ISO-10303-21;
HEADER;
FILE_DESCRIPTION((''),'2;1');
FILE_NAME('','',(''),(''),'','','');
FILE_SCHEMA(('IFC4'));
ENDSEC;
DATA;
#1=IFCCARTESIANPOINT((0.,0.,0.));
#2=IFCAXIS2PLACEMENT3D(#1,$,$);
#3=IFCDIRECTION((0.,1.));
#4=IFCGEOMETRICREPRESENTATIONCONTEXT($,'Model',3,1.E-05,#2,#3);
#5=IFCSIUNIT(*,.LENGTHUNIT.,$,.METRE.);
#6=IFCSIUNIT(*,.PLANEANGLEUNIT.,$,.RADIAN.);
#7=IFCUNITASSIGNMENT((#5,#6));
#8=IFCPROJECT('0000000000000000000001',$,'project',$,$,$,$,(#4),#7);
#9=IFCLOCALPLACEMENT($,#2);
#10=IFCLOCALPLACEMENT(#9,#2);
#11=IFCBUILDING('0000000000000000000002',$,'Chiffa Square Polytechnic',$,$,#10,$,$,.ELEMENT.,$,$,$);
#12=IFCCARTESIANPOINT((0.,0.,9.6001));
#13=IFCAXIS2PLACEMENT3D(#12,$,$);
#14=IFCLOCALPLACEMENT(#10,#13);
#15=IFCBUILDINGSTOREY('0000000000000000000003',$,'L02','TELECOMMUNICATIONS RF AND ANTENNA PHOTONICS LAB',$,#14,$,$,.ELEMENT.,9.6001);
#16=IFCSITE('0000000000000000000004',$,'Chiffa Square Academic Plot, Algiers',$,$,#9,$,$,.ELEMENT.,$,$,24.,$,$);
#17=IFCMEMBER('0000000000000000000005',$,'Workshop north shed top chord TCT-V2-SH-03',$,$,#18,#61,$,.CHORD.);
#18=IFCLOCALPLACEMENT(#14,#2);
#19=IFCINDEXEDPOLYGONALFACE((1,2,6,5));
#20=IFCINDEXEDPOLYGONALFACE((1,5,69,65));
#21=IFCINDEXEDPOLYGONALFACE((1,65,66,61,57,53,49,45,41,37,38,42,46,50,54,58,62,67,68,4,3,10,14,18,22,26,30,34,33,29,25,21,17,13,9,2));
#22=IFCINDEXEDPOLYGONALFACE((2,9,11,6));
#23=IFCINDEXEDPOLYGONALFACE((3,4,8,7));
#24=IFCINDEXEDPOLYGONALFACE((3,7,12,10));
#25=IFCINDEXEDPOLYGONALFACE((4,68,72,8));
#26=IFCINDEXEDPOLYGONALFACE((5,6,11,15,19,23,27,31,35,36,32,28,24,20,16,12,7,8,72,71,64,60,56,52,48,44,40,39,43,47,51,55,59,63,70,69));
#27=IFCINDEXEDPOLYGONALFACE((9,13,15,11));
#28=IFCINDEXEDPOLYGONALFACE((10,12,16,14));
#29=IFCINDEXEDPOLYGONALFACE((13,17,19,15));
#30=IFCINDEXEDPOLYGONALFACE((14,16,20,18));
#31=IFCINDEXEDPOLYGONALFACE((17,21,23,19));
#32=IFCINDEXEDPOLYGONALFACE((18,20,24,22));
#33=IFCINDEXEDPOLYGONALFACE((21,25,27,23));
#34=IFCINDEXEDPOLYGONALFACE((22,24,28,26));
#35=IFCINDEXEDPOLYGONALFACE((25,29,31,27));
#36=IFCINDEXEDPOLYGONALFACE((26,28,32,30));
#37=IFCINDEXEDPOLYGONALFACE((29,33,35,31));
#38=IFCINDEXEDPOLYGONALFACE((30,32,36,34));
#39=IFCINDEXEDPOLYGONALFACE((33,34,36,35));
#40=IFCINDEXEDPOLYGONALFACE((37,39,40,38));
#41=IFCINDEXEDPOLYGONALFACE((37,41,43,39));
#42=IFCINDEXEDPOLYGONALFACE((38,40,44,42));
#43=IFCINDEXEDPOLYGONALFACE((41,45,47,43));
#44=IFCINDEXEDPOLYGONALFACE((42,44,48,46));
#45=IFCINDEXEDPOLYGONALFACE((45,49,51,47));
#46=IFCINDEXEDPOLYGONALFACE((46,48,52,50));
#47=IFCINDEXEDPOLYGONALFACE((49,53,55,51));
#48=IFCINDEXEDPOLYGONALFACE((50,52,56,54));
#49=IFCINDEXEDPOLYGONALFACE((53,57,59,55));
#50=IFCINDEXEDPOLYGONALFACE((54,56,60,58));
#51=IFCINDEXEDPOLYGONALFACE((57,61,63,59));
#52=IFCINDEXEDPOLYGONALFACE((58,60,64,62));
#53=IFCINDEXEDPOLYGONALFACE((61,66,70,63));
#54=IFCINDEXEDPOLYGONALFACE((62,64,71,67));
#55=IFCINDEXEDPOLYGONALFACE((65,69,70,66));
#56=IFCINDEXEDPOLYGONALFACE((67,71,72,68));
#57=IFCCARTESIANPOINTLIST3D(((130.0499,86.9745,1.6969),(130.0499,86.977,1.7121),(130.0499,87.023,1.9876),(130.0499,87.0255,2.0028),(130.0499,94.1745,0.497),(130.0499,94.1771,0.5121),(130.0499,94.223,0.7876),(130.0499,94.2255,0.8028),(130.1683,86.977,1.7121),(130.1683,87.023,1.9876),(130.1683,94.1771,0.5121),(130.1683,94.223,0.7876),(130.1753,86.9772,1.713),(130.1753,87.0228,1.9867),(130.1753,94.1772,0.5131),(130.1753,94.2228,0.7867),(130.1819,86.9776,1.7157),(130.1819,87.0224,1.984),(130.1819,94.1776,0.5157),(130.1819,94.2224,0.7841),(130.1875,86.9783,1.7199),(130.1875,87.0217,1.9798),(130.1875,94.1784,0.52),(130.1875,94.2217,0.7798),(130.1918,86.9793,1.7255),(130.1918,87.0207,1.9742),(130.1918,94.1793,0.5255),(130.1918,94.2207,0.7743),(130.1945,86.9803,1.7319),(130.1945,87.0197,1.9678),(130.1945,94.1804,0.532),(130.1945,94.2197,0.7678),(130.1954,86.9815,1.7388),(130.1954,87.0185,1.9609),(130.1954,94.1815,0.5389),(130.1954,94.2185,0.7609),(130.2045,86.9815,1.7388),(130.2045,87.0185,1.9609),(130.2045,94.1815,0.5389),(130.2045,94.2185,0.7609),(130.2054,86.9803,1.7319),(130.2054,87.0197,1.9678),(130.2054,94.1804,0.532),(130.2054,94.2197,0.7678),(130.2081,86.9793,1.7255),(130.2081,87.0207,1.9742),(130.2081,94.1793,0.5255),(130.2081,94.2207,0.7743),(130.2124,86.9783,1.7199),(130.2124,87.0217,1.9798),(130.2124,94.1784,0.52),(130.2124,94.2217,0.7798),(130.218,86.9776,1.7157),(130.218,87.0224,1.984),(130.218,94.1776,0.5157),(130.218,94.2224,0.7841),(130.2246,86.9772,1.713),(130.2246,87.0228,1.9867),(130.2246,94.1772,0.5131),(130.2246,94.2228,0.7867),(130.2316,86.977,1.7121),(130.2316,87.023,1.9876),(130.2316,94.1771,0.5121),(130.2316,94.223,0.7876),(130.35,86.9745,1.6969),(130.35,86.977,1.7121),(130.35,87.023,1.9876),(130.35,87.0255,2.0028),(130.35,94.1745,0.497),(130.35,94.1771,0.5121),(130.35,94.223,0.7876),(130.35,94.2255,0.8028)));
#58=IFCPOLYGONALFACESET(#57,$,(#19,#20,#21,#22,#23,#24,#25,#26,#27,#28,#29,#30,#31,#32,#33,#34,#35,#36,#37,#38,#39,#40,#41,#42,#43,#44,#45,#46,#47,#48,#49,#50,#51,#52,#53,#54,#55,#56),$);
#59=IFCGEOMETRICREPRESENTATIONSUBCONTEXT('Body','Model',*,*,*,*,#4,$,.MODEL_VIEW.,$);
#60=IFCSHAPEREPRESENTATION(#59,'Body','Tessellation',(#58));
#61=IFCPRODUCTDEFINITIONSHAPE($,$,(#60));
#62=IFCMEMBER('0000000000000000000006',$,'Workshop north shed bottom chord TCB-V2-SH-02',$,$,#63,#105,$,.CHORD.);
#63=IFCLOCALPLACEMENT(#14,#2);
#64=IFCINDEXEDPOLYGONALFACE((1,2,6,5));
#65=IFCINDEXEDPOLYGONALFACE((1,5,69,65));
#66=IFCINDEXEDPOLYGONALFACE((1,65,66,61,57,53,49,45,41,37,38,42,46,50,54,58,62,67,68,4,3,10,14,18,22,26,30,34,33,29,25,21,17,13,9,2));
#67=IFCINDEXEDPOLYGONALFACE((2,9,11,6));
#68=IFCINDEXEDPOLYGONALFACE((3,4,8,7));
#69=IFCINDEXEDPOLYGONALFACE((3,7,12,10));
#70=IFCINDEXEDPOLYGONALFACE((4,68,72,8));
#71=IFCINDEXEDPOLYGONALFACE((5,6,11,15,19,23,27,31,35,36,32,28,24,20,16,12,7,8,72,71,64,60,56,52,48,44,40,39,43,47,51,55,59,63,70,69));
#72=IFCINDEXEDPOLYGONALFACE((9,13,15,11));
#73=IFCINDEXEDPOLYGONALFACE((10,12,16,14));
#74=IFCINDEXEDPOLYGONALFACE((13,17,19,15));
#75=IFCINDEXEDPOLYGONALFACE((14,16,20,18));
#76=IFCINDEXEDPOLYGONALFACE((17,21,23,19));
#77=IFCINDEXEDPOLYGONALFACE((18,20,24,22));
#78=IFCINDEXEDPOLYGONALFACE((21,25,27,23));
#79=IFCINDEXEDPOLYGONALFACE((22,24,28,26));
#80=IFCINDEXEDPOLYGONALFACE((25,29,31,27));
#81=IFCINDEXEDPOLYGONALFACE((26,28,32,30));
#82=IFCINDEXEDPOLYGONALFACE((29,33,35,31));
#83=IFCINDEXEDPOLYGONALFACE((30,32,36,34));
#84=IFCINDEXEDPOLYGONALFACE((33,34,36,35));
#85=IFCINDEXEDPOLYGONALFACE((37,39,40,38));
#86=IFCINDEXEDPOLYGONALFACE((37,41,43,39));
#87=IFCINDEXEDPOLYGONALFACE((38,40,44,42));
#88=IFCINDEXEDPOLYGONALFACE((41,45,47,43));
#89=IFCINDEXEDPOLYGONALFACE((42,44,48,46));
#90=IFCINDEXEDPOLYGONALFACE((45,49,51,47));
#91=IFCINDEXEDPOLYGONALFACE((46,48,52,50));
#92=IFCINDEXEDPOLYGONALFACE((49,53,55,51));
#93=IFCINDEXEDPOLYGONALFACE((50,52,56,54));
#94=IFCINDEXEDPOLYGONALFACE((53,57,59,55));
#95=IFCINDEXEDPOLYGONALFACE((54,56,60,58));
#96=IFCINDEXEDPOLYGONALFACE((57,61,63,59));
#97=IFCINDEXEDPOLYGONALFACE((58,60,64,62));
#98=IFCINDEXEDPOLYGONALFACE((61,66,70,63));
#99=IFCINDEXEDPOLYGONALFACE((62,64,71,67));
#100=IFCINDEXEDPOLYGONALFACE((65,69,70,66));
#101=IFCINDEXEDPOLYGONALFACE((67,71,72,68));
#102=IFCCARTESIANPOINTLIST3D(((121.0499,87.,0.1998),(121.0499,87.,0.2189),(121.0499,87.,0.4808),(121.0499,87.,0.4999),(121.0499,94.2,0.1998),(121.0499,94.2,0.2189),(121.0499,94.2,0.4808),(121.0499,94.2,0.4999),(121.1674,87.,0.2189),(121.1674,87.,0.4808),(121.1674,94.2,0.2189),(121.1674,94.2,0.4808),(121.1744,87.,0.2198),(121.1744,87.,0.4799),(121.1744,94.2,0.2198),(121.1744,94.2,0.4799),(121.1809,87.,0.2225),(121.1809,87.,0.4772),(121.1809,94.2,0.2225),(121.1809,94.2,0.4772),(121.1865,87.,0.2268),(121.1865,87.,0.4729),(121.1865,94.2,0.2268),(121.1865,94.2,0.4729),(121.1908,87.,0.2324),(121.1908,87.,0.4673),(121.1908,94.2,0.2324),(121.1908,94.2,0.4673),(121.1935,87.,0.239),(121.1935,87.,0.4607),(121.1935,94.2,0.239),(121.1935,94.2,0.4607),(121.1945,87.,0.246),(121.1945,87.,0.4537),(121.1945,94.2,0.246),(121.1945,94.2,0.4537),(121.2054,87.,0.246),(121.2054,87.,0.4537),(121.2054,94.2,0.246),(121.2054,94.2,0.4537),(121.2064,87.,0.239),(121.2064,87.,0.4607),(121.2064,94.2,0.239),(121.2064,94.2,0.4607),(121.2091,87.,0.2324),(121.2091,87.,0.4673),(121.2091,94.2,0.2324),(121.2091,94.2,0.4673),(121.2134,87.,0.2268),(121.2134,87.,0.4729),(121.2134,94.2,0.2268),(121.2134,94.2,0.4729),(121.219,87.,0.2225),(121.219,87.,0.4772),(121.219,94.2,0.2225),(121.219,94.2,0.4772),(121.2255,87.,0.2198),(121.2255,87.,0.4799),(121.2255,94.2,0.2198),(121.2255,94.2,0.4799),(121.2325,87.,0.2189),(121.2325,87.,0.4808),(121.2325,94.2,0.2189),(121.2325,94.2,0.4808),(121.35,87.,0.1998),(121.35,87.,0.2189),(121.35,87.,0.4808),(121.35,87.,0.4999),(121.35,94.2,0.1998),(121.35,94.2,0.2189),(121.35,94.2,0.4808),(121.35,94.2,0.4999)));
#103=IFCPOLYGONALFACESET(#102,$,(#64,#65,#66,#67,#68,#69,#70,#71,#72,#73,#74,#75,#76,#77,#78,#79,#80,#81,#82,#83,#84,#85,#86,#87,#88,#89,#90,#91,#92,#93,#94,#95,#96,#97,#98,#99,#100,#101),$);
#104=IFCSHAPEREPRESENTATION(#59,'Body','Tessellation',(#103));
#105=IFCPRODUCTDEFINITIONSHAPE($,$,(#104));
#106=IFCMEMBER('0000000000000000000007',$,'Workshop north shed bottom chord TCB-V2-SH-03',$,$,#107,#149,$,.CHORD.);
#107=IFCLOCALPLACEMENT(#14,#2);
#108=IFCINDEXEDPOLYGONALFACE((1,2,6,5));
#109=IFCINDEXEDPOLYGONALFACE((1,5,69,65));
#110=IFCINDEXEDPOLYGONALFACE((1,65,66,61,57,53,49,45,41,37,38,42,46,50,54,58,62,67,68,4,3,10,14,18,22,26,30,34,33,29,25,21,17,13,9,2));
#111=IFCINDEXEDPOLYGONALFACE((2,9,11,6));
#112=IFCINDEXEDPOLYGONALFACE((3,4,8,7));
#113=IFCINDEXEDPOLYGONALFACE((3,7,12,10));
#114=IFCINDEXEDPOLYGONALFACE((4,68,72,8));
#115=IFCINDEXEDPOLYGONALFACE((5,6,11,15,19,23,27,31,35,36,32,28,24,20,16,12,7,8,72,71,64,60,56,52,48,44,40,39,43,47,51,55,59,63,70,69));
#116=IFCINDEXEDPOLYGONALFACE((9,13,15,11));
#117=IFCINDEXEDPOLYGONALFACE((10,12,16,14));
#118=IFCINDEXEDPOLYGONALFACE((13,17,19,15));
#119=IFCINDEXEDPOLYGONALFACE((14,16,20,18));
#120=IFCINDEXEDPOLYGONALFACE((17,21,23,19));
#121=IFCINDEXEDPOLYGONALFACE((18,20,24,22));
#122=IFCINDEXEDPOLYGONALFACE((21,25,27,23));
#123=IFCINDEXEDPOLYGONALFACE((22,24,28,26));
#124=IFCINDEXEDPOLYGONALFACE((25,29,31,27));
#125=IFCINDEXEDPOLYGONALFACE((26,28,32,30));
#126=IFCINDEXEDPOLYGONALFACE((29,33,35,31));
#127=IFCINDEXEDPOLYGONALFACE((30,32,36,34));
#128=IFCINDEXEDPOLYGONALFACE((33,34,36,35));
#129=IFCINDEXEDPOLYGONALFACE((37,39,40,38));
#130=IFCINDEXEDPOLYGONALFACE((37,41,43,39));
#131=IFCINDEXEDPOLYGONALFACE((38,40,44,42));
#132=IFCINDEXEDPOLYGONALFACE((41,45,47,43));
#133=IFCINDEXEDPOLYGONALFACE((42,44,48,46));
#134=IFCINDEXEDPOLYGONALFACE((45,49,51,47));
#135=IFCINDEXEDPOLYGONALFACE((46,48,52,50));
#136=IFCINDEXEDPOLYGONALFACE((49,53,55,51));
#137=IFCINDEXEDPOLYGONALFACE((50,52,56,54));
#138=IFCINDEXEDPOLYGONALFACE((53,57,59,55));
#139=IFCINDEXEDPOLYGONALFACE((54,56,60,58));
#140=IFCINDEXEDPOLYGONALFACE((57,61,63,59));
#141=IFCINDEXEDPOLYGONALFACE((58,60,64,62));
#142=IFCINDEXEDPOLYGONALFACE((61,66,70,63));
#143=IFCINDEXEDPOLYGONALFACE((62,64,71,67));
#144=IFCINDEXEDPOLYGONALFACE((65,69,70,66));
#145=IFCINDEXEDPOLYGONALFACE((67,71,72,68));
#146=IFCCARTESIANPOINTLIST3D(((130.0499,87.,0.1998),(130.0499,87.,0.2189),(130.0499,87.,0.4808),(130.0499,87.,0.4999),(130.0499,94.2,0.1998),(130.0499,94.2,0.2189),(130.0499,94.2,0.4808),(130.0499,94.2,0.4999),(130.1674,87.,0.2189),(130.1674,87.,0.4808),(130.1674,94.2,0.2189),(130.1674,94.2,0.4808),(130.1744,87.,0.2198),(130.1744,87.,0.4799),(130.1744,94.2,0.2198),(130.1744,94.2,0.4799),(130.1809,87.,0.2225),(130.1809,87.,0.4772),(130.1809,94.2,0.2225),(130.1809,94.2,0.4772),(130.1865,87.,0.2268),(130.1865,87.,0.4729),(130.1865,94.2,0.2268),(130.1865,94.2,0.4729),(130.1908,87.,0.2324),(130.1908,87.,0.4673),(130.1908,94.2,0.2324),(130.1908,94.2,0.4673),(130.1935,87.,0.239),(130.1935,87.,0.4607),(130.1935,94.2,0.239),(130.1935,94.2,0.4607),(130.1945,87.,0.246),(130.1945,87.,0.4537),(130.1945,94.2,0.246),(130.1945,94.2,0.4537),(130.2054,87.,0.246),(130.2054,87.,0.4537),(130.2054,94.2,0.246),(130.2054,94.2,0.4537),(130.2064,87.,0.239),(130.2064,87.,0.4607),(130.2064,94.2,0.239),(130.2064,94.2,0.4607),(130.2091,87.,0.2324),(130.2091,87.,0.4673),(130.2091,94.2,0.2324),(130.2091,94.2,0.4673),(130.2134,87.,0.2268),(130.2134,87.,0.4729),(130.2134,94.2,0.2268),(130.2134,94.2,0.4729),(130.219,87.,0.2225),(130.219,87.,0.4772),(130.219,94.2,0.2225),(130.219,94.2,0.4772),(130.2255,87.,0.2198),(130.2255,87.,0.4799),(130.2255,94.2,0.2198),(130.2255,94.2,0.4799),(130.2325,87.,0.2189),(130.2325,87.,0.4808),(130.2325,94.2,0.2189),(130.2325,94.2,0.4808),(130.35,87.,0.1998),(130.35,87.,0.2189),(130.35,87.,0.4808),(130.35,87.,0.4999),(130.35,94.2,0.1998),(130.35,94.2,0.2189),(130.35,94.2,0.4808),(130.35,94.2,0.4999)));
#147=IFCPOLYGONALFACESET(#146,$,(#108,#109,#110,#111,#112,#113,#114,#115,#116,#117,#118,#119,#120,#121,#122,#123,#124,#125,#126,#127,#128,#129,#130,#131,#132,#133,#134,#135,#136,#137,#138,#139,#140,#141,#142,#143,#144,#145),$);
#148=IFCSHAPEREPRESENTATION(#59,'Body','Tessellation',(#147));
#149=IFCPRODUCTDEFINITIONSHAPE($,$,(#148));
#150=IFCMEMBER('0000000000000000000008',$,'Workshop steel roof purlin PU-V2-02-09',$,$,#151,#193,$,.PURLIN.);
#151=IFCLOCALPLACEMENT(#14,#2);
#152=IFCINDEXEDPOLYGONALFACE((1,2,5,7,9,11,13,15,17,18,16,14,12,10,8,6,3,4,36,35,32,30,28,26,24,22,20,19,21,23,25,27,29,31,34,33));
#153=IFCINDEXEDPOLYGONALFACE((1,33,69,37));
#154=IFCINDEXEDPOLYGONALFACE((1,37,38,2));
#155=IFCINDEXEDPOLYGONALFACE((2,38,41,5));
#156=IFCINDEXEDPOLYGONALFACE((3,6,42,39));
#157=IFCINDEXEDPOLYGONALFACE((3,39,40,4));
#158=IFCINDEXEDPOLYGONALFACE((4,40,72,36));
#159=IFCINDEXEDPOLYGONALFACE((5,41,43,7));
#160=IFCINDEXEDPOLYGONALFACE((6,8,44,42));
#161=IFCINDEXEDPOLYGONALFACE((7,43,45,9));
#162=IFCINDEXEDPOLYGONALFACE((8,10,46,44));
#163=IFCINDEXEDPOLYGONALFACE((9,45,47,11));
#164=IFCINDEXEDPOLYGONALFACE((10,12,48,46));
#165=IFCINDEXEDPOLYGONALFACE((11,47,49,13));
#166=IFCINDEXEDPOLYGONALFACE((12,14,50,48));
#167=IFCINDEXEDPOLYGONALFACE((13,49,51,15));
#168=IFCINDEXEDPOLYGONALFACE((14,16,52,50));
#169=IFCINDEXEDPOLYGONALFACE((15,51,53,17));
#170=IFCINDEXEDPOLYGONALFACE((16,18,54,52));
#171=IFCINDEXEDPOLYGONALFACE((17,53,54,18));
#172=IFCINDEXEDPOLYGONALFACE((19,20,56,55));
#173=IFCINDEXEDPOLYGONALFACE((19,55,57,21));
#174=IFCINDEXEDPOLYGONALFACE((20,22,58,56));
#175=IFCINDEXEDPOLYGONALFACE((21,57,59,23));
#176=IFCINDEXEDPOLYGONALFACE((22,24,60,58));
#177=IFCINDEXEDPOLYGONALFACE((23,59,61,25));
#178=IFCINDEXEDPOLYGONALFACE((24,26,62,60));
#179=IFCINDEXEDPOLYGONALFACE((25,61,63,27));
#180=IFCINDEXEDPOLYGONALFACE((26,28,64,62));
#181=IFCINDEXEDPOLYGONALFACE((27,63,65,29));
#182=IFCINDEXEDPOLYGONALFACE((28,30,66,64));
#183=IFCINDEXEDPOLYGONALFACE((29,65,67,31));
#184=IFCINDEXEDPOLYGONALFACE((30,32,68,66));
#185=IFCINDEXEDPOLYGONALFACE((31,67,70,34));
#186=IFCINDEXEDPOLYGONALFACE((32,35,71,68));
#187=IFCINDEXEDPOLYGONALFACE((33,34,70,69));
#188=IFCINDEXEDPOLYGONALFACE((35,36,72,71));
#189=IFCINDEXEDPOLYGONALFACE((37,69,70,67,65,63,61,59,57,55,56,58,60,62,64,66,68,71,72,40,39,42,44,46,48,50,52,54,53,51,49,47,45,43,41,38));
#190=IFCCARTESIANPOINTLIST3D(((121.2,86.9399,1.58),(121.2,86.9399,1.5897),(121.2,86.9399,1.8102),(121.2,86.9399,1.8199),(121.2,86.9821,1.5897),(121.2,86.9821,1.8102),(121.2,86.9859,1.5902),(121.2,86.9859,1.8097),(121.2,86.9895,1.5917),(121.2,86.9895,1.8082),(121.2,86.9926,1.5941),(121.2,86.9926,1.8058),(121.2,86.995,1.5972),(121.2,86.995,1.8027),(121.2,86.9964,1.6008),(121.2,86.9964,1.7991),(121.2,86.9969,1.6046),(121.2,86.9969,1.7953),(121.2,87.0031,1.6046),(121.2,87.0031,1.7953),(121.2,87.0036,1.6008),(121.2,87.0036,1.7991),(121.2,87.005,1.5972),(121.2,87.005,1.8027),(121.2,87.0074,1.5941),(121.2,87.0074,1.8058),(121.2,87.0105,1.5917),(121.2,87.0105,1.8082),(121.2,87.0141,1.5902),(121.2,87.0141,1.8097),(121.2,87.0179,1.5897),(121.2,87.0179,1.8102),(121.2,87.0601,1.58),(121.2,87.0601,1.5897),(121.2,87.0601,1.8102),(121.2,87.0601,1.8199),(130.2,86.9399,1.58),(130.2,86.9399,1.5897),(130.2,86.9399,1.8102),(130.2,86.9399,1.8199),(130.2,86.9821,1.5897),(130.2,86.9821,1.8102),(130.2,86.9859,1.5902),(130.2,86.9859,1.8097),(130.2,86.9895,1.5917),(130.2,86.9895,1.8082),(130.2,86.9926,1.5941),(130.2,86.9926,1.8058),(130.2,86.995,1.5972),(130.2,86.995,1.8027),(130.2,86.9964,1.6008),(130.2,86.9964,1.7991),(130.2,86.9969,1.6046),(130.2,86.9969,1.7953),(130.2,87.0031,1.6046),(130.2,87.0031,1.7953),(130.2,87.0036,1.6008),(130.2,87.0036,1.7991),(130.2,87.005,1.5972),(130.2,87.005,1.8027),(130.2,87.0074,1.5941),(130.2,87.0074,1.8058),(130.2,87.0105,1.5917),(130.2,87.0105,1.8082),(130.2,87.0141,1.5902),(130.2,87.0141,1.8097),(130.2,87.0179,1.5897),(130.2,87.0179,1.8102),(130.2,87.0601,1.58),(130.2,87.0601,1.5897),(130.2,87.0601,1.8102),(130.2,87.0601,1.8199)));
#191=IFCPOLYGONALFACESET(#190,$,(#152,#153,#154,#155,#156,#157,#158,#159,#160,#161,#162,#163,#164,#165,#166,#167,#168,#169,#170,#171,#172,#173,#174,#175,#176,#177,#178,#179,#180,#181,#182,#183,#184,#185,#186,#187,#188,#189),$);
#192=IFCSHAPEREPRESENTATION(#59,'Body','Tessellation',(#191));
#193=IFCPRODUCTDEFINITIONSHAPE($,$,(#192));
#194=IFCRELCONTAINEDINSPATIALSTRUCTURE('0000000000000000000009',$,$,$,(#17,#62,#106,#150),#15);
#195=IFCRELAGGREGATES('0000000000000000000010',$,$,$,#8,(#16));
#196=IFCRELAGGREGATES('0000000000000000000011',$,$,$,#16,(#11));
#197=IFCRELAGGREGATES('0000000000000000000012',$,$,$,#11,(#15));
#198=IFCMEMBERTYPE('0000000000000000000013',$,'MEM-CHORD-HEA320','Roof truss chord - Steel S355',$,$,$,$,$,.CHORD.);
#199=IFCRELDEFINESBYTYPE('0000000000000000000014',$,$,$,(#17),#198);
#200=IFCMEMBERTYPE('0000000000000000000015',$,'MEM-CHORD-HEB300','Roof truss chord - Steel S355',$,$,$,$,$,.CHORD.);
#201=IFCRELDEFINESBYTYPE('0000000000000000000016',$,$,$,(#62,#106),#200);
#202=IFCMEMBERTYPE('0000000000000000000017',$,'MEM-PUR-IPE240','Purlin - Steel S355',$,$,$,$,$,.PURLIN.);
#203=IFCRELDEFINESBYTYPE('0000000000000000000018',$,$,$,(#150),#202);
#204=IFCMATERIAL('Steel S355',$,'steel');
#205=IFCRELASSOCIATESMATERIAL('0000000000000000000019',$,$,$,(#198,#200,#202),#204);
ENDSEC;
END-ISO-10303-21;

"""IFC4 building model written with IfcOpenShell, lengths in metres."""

from ifc_helpers import new_model, si_unit, direction, frame, origin, origin_2d, place, context, subcontext, project, spatial, i_section, extrude, material, material_profile, profile_set, type_object, element, save


model = new_model("IFC4")

# Units and contexts
model_context = context("Model", 3, precision=1e-05, world=origin(), true_north=direction((0.0, 1.0)))
body_context = subcontext(model_context, "Body", "Model", "MODEL_VIEW")
ifc_project = project(units=[si_unit("LENGTHUNIT", "METRE"), si_unit("PLANEANGLEUNIT", "RADIAN")], contexts=[model_context])

# Site, building, storey
site_placement = place(None, origin())
site = spatial("IfcSite", under=ifc_project, at=site_placement, Name="Chiffa Square Academic Plot, Algiers", CompositionType="ELEMENT", RefElevation=24.0)
building_placement = place(site_placement, origin())
building = spatial("IfcBuilding", under=site, at=building_placement, Name="Chiffa Square Polytechnic", CompositionType="ELEMENT")
storey_placement = place(building_placement, frame((0.0, 0.0, 9.6001)))
storey = spatial("IfcBuildingStorey", under=building, at=storey_placement, Name="L02", Description="TELECOMMUNICATIONS RF AND ANTENNA PHOTONICS LAB", CompositionType="ELEMENT", Elevation=9.6001)

# Shared definitions
ifc_material_1 = material(Name="Steel S355", Category="steel")

# Members
ifc_material_profile_1 = material_profile(ifc_material_1, i_section(OverallWidth=0.3, OverallDepth=0.3101, WebThickness=0.009, FlangeThickness=0.0154, FilletRadius=0.0271, at=origin_2d()), Name="HEA 320")
ifc_profile_set_1 = profile_set([ifc_material_profile_1], Name="Steel S355")
member_type_1 = type_object("IfcMemberType", Name="MEM-CHORD-HEA320", Description="Roof truss chord - Steel S355", PredefinedType="CHORD", material=ifc_profile_set_1)
for number, where, z_axis, x_axis, name in (
    (1, (130.2, 87.0, 1.8499), (0.0, 0.986395, -0.164394), (-1.0, 0.0, 0.0), "Workshop north shed top chord TCT-V2-SH-03"),
):
    element("IfcMember", number, at=place(storey_placement, frame(where, z_axis=z_axis, x_axis=x_axis)), inside=storey, type_object=member_type_1, Name=name, PredefinedType="CHORD", context=body_context, shape_type="SweptSolid", body=[
        extrude(i_section(OverallWidth=0.3, OverallDepth=0.3101, WebThickness=0.009, FlangeThickness=0.0154, FilletRadius=0.0271, at=origin_2d()), origin(), (0.0, 0.0, 1.0), 7.2993),
    ])
ifc_material_profile_2 = material_profile(ifc_material_1, i_section(OverallWidth=0.3, OverallDepth=0.3, WebThickness=0.011, FlangeThickness=0.019, FilletRadius=0.0271, at=origin_2d()), Name="HEB 300")
ifc_profile_set_2 = profile_set([ifc_material_profile_2], Name="Steel S355")
member_type_2 = type_object("IfcMemberType", Name="MEM-CHORD-HEB300", Description="Roof truss chord - Steel S355", PredefinedType="CHORD", material=ifc_profile_set_2)
for number, where, z_axis, x_axis, name in (
    (2, (121.2, 87.0, 0.3499), (0.0, 1.0, 0.0), (-1.0, 0.0, 0.0), "Workshop north shed bottom chord TCB-V2-SH-02"),
    (3, (130.2, 87.0, 0.3499), (0.0, 1.0, 0.0), (-1.0, 0.0, 0.0), "Workshop north shed bottom chord TCB-V2-SH-03"),
):
    element("IfcMember", number, at=place(storey_placement, frame(where, z_axis=z_axis, x_axis=x_axis)), inside=storey, type_object=member_type_2, Name=name, PredefinedType="CHORD", context=body_context, shape_type="SweptSolid", body=[
        extrude(i_section(OverallWidth=0.3, OverallDepth=0.3, WebThickness=0.011, FlangeThickness=0.019, FilletRadius=0.0271, at=origin_2d()), origin(), (0.0, 0.0, 1.0), 7.2),
    ])
ifc_material_profile_3 = material_profile(ifc_material_1, i_section(OverallWidth=0.1201, OverallDepth=0.24, WebThickness=0.0061, FlangeThickness=0.0098, FilletRadius=0.0149, at=origin_2d()), Name="IPE 240")
ifc_profile_set_3 = profile_set([ifc_material_profile_3], Name="Steel S355")
member_type_3 = type_object("IfcMemberType", Name="MEM-PUR-IPE240", Description="Purlin - Steel S355", PredefinedType="PURLIN", material=ifc_profile_set_3)
for number, where, z_axis, x_axis, name in (
    (4, (121.2, 87.0, 1.7), (1.0, 0.0, 0.0), (0.0, 1.0, 0.0), "Workshop steel roof purlin PU-V2-02-09"),
):
    element("IfcMember", number, at=place(storey_placement, frame(where, z_axis=z_axis, x_axis=x_axis)), inside=storey, type_object=member_type_3, Name=name, PredefinedType="PURLIN", context=body_context, shape_type="SweptSolid", body=[
        extrude(i_section(OverallWidth=0.1201, OverallDepth=0.24, WebThickness=0.0061, FlangeThickness=0.0098, FilletRadius=0.0149, at=origin_2d()), origin(), (0.0, 0.0, 1.0), 9.0),
    ])

save(model, "model.ifc")
